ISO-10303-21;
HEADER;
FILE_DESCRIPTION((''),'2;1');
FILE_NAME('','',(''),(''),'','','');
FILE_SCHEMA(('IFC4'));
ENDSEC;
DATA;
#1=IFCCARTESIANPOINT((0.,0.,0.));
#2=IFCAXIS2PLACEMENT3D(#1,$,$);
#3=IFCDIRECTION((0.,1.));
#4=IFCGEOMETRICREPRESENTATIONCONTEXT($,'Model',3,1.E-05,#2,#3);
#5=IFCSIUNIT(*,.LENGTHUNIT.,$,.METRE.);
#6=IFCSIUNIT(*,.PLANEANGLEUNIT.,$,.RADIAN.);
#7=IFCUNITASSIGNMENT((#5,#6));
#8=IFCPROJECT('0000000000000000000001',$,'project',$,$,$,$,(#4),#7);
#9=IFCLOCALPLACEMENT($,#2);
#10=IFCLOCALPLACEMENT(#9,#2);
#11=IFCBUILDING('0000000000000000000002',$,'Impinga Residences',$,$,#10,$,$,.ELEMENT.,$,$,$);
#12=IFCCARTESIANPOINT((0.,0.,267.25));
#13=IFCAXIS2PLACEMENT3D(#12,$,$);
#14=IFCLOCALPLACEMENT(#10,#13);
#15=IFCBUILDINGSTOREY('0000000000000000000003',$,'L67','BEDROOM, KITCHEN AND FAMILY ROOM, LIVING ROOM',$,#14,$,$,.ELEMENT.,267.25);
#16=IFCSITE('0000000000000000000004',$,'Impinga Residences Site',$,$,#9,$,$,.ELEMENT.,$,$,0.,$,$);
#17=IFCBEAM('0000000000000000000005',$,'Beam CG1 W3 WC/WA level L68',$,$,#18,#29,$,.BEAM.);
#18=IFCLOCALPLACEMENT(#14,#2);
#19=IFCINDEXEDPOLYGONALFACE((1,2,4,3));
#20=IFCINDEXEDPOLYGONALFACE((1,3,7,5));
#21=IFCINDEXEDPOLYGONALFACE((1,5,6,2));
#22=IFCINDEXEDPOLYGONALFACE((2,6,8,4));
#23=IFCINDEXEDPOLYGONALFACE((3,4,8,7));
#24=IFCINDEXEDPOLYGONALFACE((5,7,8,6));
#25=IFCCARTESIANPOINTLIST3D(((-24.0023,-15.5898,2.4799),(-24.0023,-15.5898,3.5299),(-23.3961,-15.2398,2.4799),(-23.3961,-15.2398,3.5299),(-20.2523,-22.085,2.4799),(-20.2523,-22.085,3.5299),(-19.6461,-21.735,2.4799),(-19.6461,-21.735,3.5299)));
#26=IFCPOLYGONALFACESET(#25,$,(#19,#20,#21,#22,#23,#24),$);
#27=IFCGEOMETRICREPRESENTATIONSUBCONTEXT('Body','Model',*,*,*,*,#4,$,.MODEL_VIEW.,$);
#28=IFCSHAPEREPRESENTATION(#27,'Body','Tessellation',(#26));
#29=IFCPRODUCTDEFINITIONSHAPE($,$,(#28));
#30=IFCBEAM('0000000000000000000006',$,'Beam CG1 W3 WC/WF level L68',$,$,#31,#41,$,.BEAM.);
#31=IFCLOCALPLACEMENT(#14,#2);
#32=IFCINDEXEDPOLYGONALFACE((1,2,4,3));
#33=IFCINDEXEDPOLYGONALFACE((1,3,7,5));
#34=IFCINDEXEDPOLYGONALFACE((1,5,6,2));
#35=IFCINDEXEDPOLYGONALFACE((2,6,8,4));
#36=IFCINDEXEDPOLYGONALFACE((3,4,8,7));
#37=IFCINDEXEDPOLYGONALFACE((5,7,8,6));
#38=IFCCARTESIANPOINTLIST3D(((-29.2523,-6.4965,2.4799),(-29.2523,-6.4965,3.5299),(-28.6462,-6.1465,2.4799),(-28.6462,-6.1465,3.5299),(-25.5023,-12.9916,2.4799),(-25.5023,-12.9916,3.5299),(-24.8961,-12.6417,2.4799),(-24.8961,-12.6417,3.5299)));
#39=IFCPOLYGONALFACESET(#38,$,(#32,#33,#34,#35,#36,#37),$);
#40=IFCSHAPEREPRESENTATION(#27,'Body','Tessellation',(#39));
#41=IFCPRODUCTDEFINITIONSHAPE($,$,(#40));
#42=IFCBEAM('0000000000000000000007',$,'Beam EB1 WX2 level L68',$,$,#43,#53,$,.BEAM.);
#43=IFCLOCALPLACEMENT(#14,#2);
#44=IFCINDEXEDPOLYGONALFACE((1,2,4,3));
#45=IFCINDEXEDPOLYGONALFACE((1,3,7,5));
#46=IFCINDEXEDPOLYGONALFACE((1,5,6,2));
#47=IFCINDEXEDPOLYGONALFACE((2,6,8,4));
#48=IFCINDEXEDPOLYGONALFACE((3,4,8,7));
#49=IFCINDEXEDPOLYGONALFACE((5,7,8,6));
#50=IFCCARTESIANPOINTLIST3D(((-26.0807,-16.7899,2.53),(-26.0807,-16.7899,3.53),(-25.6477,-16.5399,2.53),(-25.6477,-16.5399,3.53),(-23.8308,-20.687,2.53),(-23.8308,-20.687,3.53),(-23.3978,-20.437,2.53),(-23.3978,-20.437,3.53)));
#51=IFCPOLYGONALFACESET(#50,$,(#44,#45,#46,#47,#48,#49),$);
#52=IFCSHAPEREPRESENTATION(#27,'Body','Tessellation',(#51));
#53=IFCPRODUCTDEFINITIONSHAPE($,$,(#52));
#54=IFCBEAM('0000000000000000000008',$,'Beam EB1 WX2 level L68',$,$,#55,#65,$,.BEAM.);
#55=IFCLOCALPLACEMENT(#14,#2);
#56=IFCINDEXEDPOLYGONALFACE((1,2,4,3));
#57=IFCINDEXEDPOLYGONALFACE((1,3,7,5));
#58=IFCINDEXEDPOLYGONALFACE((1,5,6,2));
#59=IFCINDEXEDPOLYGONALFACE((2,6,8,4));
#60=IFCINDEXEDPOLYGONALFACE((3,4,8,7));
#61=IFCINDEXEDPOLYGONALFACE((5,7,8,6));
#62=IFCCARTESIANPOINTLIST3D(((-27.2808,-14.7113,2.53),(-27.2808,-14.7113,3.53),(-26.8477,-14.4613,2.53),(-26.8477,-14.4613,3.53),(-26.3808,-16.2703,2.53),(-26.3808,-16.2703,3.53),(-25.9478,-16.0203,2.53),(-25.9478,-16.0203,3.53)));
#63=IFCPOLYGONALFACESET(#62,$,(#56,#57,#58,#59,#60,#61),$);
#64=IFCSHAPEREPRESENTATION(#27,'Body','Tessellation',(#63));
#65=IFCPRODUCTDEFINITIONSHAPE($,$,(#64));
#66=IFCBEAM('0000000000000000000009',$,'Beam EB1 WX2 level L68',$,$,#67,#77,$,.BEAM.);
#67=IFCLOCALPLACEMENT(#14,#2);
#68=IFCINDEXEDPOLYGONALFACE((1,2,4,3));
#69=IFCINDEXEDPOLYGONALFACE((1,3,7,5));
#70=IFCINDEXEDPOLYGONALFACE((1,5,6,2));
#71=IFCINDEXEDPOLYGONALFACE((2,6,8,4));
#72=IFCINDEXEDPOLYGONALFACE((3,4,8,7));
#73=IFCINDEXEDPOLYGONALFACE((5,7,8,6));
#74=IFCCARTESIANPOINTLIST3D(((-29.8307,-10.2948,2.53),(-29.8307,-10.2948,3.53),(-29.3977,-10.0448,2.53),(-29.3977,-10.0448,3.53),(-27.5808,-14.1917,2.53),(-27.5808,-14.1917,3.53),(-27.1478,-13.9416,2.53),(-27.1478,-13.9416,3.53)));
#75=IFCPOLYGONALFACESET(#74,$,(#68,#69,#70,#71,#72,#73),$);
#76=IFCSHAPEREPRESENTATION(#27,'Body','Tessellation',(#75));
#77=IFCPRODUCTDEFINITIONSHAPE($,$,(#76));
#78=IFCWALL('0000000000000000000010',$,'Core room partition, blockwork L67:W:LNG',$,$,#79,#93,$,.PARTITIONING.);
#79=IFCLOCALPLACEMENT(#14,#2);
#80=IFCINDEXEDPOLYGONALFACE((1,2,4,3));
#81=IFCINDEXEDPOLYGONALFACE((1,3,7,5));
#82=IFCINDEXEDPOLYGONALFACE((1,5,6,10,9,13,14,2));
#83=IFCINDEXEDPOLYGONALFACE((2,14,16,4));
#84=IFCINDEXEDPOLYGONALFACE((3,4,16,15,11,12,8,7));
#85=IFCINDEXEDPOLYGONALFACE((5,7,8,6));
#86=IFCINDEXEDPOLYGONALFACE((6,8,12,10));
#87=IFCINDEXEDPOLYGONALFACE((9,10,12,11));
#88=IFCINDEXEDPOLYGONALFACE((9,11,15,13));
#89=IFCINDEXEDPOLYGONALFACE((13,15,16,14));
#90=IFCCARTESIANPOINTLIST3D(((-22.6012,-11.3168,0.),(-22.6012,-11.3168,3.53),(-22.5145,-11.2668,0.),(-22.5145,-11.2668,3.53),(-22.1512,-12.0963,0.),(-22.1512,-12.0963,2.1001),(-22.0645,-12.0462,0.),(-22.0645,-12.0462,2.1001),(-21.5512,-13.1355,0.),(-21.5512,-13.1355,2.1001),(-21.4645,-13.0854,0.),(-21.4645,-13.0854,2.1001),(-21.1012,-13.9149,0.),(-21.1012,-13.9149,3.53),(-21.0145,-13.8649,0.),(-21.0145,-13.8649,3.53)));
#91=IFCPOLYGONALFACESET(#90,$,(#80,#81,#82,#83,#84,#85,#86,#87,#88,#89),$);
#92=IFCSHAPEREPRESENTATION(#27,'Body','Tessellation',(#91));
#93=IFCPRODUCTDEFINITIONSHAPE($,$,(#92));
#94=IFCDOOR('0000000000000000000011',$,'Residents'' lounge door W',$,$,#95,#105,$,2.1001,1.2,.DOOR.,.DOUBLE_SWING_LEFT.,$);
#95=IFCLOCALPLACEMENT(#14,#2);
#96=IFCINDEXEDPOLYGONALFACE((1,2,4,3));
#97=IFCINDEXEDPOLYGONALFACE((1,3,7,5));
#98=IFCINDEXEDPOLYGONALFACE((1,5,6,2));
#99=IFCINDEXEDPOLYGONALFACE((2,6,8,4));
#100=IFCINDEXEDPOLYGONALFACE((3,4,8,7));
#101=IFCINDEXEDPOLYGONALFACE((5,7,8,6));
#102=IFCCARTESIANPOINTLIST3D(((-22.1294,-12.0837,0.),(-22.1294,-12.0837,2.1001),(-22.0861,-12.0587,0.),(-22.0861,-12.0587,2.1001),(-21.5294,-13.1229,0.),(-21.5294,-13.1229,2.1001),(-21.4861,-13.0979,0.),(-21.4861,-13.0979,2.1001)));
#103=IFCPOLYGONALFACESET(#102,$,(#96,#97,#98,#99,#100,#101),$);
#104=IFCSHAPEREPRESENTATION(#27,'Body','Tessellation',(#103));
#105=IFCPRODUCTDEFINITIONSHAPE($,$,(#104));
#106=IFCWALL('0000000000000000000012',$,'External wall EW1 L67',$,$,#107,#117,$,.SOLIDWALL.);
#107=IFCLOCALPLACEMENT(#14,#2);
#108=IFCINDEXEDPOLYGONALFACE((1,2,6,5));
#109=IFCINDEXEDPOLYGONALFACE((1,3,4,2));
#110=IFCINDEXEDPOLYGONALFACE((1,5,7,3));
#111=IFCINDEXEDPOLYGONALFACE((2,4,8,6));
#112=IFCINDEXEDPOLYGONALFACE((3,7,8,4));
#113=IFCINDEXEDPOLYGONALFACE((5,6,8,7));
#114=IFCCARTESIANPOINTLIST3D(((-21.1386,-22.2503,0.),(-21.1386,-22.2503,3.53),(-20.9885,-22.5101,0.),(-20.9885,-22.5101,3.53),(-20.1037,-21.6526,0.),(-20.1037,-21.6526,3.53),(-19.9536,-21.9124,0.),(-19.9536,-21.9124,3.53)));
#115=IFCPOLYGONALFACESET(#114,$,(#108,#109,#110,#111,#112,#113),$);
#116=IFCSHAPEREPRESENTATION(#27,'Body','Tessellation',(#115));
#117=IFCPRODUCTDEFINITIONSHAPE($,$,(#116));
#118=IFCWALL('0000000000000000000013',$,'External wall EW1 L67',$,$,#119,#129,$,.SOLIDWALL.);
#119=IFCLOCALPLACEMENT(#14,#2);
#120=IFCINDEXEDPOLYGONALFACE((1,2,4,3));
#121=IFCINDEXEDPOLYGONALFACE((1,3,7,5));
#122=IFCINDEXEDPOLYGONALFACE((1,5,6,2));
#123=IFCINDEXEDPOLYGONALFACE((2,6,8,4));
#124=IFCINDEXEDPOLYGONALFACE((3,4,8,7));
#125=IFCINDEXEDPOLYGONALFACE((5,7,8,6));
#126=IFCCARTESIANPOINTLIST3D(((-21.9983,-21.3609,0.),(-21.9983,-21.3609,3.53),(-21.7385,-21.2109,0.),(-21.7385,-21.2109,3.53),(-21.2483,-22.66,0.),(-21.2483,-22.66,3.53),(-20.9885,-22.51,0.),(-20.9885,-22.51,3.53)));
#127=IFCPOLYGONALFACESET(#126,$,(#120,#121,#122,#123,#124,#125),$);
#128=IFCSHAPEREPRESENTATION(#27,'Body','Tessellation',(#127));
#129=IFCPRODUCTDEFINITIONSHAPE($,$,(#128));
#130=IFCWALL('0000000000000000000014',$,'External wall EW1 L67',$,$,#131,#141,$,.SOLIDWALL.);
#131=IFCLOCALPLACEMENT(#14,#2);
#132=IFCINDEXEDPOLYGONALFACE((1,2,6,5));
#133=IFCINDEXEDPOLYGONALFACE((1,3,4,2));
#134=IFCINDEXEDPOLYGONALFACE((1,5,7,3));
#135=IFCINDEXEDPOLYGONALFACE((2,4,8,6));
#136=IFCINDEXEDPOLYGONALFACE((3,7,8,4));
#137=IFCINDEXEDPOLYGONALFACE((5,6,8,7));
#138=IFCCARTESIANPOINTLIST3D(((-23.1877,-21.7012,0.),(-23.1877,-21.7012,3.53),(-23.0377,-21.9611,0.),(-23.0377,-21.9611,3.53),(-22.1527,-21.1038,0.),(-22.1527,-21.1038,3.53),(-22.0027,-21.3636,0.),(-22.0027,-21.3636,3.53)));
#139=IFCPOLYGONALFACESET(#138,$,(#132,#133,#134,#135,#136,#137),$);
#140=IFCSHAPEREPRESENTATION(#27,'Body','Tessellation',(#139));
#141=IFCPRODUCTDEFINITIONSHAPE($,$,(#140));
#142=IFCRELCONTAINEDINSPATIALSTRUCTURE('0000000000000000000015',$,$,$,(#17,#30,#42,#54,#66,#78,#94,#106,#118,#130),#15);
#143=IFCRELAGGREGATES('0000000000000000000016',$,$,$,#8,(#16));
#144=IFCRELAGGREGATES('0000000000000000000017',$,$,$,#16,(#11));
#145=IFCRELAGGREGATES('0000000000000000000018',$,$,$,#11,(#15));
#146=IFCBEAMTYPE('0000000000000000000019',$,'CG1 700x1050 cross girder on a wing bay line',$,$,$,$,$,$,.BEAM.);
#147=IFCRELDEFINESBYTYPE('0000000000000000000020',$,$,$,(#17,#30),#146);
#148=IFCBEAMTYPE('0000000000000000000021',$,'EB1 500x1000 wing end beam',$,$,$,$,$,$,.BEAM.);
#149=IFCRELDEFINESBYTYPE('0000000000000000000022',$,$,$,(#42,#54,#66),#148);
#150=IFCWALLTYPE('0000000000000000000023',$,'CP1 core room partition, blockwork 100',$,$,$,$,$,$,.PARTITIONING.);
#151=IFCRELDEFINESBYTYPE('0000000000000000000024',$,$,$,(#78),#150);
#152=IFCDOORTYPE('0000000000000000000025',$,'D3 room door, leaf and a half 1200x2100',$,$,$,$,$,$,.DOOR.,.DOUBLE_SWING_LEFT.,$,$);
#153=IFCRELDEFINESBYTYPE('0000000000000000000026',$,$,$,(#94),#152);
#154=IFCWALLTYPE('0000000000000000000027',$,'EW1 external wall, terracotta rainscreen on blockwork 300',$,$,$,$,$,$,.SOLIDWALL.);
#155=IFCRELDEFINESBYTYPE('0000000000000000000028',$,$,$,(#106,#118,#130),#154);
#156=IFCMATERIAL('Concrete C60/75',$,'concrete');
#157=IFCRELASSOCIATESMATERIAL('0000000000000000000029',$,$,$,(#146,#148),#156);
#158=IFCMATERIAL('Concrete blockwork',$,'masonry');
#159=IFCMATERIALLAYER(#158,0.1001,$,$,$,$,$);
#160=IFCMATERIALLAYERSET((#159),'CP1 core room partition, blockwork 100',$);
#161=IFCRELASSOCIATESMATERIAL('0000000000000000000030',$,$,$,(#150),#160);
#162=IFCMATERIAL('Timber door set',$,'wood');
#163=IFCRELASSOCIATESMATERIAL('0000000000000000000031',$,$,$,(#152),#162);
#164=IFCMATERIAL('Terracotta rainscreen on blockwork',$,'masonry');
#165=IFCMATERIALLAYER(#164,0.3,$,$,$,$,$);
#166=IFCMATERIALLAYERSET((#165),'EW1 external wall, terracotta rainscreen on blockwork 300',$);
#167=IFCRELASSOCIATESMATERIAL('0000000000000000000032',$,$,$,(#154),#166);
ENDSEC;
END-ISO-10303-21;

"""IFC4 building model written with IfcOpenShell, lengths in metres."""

from ifc_helpers import new_model, si_unit, direction, frame, frame_2d, origin, origin_2d, place, context, subcontext, project, spatial, rectangle, extrude, material, layer, layer_set, material_profile, profile_set, type_object, element, fill, save


model = new_model("IFC4")

# Units and contexts
model_context = context("Model", 3, precision=1e-05, world=origin(), true_north=direction((0.0, 1.0)))
body_context = subcontext(model_context, "Body", "Model", "MODEL_VIEW")
ifc_project = project(units=[si_unit("LENGTHUNIT", "METRE"), si_unit("PLANEANGLEUNIT", "RADIAN")], contexts=[model_context])

# Site, building, storey
site_placement = place(None, origin())
site = spatial("IfcSite", under=ifc_project, at=site_placement, Name="Impinga Residences Site", CompositionType="ELEMENT", RefElevation=0.0)
building_placement = place(site_placement, origin())
building = spatial("IfcBuilding", under=site, at=building_placement, Name="Impinga Residences", CompositionType="ELEMENT")
storey_placement = place(building_placement, frame((0.0, 0.0, 267.25)))
storey = spatial("IfcBuildingStorey", under=building, at=storey_placement, Name="L67", Description="BEDROOM, KITCHEN AND FAMILY ROOM, LIVING ROOM", CompositionType="ELEMENT", Elevation=267.25)

# Beams
ifc_material_1 = material(Name="Concrete C60/75", Category="concrete")
ifc_material_profile_1 = material_profile(ifc_material_1, rectangle(XDim=0.7, YDim=1.05, at=origin_2d()), Name="RC 700x1050")
ifc_profile_set_1 = profile_set([ifc_material_profile_1], Name="Concrete C60/75")
beam_type_1 = type_object("IfcBeamType", Name="CG1 700x1050 cross girder on a wing bay line", PredefinedType="BEAM", material=ifc_profile_set_1)
for number, where, z_axis, x_axis, name in (
    (1, (-23.6992, -15.4148, 3.0049), (0.500004, -0.866023, 0.0), (0.866023, 0.500004, 0.0), "Beam CG1 W3 WC/WA level L68"),
    (2, (-25.1992, -12.8167, 3.0049), (-0.500004, 0.866023, 0.0), (-0.866023, -0.500004, 0.0), "Beam CG1 W3 WC/WF level L68"),
):
    element("IfcBeam", number, at=place(storey_placement, frame(where, z_axis=z_axis, x_axis=x_axis)), inside=storey, type_object=beam_type_1, Name=name, PredefinedType="BEAM", context=body_context, shape_type="SweptSolid", body=[
        extrude(rectangle(XDim=0.7, YDim=1.05, at=origin_2d()), origin(), (0.0, 0.0, 1.0), 7.5),
    ])
ifc_material_profile_2 = material_profile(ifc_material_1, rectangle(XDim=0.5, YDim=1.0, at=origin_2d()), Name="RC 500x1000")
ifc_profile_set_2 = profile_set([ifc_material_profile_2], Name="Concrete C60/75")
beam_type_2 = type_object("IfcBeamType", Name="EB1 500x1000 wing end beam", PredefinedType="BEAM", material=ifc_profile_set_2)
beam_1_placement = place(storey_placement, frame((-23.6143, -20.562, 3.03), z_axis=(-0.49999, 0.866031, 0.0), x_axis=(-0.866031, -0.49999, 0.0)))
element("IfcBeam", 3, at=beam_1_placement, inside=storey, type_object=beam_type_2, Name="Beam EB1 WX2 level L68", PredefinedType="BEAM", context=body_context, shape_type="SweptSolid", body=[
    extrude(rectangle(XDim=0.5, YDim=1.0, at=origin_2d()), origin(), (0.0, 0.0, 1.0), 4.5),
])
beam_2_placement = place(storey_placement, frame((-26.1643, -16.1453, 3.03), z_axis=(-0.499961, 0.866048, 0.0), x_axis=(-0.866048, -0.499961, 0.0)))
element("IfcBeam", 4, at=beam_2_placement, inside=storey, type_object=beam_type_2, Name="Beam EB1 WX2 level L68", PredefinedType="BEAM", context=body_context, shape_type="SweptSolid", body=[
    extrude(rectangle(XDim=0.5, YDim=1.0, at=origin_2d()), origin(), (0.0, 0.0, 1.0), 1.8),
])
beam_3_placement = place(storey_placement, frame((-27.3643, -14.0667, 3.03), z_axis=(-0.500014, 0.866018, 0.0), x_axis=(-0.866018, -0.500014, 0.0)))
element("IfcBeam", 5, at=beam_3_placement, inside=storey, type_object=beam_type_2, Name="Beam EB1 WX2 level L68", PredefinedType="BEAM", context=body_context, shape_type="SweptSolid", body=[
    extrude(rectangle(XDim=0.5, YDim=1.0, at=origin_2d()), origin(), (0.0, 0.0, 1.0), 4.4998),
])

# Wall, opening, door
ifc_material_2 = material(Name="Concrete blockwork", Category="masonry")
ifc_layer_1 = layer(ifc_material_2, 0.1001)
ifc_layer_set_1 = layer_set([ifc_layer_1], Name="CP1 core room partition, blockwork 100")
wall_type_1 = type_object("IfcWallType", Name="CP1 core room partition, blockwork 100", PredefinedType="PARTITIONING", material=ifc_layer_set_1)
wall_1_placement = place(storey_placement, frame((-21.0579, -13.8899, 0.0), z_axis=(0.0, 0.0, 1.0), x_axis=(-0.49999, 0.866031, 0.0)))
wall_1 = element("IfcWall", 6, at=wall_1_placement, inside=storey, type_object=wall_type_1, Name="Core room partition, blockwork L67:W:LNG", PredefinedType="PARTITIONING", context=body_context, shape_type="SweptSolid", body=[
    extrude(rectangle(XDim=3.0, YDim=0.1001, at=frame_2d((1.5, 0.0))), origin(), (0.0, 0.0, 1.0), 3.53),
])
opening_1_placement = place(wall_1_placement, frame((0.8999, 0.0, 0.0)))
opening_1 = element("IfcOpeningElement", 7, at=opening_1_placement, cuts=wall_1, PredefinedType="OPENING", context=body_context, shape_type="SweptSolid", body=[
    extrude(rectangle(XDim=1.2, YDim=2.1001, at=frame_2d((0.6001, 1.05))), frame((0.0, 0.0601, 0.0), z_axis=(0.0, -1.0, 0.0), x_axis=(1.0, 0.0, 0.0)), (0.0, 0.0, 1.0), 0.1201),
])
ifc_material_3 = material(Name="Timber door set", Category="wood")
door_type = type_object("IfcDoorType", Name="D3 room door, leaf and a half 1200x2100", OperationType="DOUBLE_SWING_LEFT", PredefinedType="DOOR", material=ifc_material_3)
door_placement = place(opening_1_placement, origin())
door = element("IfcDoor", 8, at=door_placement, inside=storey, type_object=door_type, Name="Residents' lounge door W", OperationType="DOUBLE_SWING_LEFT", OverallHeight=2.1001, OverallWidth=1.2, PredefinedType="DOOR", context=body_context, shape_type="SweptSolid", body=[
    extrude(rectangle(XDim=1.2, YDim=2.1001, at=frame_2d((0.6001, 1.05))), frame((0.0, 0.0249, 0.0), z_axis=(0.0, -1.0, 0.0), x_axis=(1.0, 0.0, 0.0)), (0.0, 0.0, 1.0), 0.05),
])
fill(opening_1, door)

# Walls
ifc_material_4 = material(Name="Terracotta rainscreen on blockwork", Category="masonry")
ifc_layer_2 = layer(ifc_material_4, 0.3)
ifc_layer_set_2 = layer_set([ifc_layer_2], Name="EW1 external wall, terracotta rainscreen on blockwork 300")
wall_type_2 = type_object("IfcWallType", Name="EW1 external wall, terracotta rainscreen on blockwork 300", PredefinedType="SOLIDWALL", material=ifc_layer_set_2)
wall_2_placement = place(storey_placement, frame((-20.0286, -21.7825, 0.0), z_axis=(0.0, 0.0, 1.0), x_axis=(-0.865971, -0.500094, 0.0)))
element("IfcWall", 9, at=wall_2_placement, inside=storey, type_object=wall_type_2, Name="External wall EW1 L67", PredefinedType="SOLIDWALL", context=body_context, shape_type="SweptSolid", body=[
    extrude(rectangle(XDim=1.1951, YDim=0.3, at=frame_2d((0.5977, 0.0))), origin(), (0.0, 0.0, 1.0), 3.53),
])
wall_3_placement = place(storey_placement, frame((-21.1184, -22.585, 0.0), z_axis=(0.0, 0.0, 1.0), x_axis=(-0.49999, 0.866031, 0.0)))
element("IfcWall", 10, at=wall_3_placement, inside=storey, type_object=wall_type_2, Name="External wall EW1 L67", PredefinedType="SOLIDWALL", context=body_context, shape_type="SweptSolid", body=[
    extrude(rectangle(XDim=1.5, YDim=0.3, at=frame_2d((0.75, 0.0))), origin(), (0.0, 0.0, 1.0), 3.53),
])
wall_4_placement = place(storey_placement, frame((-22.0776, -21.2336, 0.0), z_axis=(0.0, 0.0, 1.0), x_axis=(-0.86606, -0.499941, 0.0)))
element("IfcWall", 11, at=wall_4_placement, inside=storey, type_object=wall_type_2, Name="External wall EW1 L67", PredefinedType="SOLIDWALL", context=body_context, shape_type="SweptSolid", body=[
    extrude(rectangle(XDim=1.1951, YDim=0.3, at=frame_2d((0.5977, 0.0))), origin(), (0.0, 0.0, 1.0), 3.53),
])

save(model, "model.ifc")
